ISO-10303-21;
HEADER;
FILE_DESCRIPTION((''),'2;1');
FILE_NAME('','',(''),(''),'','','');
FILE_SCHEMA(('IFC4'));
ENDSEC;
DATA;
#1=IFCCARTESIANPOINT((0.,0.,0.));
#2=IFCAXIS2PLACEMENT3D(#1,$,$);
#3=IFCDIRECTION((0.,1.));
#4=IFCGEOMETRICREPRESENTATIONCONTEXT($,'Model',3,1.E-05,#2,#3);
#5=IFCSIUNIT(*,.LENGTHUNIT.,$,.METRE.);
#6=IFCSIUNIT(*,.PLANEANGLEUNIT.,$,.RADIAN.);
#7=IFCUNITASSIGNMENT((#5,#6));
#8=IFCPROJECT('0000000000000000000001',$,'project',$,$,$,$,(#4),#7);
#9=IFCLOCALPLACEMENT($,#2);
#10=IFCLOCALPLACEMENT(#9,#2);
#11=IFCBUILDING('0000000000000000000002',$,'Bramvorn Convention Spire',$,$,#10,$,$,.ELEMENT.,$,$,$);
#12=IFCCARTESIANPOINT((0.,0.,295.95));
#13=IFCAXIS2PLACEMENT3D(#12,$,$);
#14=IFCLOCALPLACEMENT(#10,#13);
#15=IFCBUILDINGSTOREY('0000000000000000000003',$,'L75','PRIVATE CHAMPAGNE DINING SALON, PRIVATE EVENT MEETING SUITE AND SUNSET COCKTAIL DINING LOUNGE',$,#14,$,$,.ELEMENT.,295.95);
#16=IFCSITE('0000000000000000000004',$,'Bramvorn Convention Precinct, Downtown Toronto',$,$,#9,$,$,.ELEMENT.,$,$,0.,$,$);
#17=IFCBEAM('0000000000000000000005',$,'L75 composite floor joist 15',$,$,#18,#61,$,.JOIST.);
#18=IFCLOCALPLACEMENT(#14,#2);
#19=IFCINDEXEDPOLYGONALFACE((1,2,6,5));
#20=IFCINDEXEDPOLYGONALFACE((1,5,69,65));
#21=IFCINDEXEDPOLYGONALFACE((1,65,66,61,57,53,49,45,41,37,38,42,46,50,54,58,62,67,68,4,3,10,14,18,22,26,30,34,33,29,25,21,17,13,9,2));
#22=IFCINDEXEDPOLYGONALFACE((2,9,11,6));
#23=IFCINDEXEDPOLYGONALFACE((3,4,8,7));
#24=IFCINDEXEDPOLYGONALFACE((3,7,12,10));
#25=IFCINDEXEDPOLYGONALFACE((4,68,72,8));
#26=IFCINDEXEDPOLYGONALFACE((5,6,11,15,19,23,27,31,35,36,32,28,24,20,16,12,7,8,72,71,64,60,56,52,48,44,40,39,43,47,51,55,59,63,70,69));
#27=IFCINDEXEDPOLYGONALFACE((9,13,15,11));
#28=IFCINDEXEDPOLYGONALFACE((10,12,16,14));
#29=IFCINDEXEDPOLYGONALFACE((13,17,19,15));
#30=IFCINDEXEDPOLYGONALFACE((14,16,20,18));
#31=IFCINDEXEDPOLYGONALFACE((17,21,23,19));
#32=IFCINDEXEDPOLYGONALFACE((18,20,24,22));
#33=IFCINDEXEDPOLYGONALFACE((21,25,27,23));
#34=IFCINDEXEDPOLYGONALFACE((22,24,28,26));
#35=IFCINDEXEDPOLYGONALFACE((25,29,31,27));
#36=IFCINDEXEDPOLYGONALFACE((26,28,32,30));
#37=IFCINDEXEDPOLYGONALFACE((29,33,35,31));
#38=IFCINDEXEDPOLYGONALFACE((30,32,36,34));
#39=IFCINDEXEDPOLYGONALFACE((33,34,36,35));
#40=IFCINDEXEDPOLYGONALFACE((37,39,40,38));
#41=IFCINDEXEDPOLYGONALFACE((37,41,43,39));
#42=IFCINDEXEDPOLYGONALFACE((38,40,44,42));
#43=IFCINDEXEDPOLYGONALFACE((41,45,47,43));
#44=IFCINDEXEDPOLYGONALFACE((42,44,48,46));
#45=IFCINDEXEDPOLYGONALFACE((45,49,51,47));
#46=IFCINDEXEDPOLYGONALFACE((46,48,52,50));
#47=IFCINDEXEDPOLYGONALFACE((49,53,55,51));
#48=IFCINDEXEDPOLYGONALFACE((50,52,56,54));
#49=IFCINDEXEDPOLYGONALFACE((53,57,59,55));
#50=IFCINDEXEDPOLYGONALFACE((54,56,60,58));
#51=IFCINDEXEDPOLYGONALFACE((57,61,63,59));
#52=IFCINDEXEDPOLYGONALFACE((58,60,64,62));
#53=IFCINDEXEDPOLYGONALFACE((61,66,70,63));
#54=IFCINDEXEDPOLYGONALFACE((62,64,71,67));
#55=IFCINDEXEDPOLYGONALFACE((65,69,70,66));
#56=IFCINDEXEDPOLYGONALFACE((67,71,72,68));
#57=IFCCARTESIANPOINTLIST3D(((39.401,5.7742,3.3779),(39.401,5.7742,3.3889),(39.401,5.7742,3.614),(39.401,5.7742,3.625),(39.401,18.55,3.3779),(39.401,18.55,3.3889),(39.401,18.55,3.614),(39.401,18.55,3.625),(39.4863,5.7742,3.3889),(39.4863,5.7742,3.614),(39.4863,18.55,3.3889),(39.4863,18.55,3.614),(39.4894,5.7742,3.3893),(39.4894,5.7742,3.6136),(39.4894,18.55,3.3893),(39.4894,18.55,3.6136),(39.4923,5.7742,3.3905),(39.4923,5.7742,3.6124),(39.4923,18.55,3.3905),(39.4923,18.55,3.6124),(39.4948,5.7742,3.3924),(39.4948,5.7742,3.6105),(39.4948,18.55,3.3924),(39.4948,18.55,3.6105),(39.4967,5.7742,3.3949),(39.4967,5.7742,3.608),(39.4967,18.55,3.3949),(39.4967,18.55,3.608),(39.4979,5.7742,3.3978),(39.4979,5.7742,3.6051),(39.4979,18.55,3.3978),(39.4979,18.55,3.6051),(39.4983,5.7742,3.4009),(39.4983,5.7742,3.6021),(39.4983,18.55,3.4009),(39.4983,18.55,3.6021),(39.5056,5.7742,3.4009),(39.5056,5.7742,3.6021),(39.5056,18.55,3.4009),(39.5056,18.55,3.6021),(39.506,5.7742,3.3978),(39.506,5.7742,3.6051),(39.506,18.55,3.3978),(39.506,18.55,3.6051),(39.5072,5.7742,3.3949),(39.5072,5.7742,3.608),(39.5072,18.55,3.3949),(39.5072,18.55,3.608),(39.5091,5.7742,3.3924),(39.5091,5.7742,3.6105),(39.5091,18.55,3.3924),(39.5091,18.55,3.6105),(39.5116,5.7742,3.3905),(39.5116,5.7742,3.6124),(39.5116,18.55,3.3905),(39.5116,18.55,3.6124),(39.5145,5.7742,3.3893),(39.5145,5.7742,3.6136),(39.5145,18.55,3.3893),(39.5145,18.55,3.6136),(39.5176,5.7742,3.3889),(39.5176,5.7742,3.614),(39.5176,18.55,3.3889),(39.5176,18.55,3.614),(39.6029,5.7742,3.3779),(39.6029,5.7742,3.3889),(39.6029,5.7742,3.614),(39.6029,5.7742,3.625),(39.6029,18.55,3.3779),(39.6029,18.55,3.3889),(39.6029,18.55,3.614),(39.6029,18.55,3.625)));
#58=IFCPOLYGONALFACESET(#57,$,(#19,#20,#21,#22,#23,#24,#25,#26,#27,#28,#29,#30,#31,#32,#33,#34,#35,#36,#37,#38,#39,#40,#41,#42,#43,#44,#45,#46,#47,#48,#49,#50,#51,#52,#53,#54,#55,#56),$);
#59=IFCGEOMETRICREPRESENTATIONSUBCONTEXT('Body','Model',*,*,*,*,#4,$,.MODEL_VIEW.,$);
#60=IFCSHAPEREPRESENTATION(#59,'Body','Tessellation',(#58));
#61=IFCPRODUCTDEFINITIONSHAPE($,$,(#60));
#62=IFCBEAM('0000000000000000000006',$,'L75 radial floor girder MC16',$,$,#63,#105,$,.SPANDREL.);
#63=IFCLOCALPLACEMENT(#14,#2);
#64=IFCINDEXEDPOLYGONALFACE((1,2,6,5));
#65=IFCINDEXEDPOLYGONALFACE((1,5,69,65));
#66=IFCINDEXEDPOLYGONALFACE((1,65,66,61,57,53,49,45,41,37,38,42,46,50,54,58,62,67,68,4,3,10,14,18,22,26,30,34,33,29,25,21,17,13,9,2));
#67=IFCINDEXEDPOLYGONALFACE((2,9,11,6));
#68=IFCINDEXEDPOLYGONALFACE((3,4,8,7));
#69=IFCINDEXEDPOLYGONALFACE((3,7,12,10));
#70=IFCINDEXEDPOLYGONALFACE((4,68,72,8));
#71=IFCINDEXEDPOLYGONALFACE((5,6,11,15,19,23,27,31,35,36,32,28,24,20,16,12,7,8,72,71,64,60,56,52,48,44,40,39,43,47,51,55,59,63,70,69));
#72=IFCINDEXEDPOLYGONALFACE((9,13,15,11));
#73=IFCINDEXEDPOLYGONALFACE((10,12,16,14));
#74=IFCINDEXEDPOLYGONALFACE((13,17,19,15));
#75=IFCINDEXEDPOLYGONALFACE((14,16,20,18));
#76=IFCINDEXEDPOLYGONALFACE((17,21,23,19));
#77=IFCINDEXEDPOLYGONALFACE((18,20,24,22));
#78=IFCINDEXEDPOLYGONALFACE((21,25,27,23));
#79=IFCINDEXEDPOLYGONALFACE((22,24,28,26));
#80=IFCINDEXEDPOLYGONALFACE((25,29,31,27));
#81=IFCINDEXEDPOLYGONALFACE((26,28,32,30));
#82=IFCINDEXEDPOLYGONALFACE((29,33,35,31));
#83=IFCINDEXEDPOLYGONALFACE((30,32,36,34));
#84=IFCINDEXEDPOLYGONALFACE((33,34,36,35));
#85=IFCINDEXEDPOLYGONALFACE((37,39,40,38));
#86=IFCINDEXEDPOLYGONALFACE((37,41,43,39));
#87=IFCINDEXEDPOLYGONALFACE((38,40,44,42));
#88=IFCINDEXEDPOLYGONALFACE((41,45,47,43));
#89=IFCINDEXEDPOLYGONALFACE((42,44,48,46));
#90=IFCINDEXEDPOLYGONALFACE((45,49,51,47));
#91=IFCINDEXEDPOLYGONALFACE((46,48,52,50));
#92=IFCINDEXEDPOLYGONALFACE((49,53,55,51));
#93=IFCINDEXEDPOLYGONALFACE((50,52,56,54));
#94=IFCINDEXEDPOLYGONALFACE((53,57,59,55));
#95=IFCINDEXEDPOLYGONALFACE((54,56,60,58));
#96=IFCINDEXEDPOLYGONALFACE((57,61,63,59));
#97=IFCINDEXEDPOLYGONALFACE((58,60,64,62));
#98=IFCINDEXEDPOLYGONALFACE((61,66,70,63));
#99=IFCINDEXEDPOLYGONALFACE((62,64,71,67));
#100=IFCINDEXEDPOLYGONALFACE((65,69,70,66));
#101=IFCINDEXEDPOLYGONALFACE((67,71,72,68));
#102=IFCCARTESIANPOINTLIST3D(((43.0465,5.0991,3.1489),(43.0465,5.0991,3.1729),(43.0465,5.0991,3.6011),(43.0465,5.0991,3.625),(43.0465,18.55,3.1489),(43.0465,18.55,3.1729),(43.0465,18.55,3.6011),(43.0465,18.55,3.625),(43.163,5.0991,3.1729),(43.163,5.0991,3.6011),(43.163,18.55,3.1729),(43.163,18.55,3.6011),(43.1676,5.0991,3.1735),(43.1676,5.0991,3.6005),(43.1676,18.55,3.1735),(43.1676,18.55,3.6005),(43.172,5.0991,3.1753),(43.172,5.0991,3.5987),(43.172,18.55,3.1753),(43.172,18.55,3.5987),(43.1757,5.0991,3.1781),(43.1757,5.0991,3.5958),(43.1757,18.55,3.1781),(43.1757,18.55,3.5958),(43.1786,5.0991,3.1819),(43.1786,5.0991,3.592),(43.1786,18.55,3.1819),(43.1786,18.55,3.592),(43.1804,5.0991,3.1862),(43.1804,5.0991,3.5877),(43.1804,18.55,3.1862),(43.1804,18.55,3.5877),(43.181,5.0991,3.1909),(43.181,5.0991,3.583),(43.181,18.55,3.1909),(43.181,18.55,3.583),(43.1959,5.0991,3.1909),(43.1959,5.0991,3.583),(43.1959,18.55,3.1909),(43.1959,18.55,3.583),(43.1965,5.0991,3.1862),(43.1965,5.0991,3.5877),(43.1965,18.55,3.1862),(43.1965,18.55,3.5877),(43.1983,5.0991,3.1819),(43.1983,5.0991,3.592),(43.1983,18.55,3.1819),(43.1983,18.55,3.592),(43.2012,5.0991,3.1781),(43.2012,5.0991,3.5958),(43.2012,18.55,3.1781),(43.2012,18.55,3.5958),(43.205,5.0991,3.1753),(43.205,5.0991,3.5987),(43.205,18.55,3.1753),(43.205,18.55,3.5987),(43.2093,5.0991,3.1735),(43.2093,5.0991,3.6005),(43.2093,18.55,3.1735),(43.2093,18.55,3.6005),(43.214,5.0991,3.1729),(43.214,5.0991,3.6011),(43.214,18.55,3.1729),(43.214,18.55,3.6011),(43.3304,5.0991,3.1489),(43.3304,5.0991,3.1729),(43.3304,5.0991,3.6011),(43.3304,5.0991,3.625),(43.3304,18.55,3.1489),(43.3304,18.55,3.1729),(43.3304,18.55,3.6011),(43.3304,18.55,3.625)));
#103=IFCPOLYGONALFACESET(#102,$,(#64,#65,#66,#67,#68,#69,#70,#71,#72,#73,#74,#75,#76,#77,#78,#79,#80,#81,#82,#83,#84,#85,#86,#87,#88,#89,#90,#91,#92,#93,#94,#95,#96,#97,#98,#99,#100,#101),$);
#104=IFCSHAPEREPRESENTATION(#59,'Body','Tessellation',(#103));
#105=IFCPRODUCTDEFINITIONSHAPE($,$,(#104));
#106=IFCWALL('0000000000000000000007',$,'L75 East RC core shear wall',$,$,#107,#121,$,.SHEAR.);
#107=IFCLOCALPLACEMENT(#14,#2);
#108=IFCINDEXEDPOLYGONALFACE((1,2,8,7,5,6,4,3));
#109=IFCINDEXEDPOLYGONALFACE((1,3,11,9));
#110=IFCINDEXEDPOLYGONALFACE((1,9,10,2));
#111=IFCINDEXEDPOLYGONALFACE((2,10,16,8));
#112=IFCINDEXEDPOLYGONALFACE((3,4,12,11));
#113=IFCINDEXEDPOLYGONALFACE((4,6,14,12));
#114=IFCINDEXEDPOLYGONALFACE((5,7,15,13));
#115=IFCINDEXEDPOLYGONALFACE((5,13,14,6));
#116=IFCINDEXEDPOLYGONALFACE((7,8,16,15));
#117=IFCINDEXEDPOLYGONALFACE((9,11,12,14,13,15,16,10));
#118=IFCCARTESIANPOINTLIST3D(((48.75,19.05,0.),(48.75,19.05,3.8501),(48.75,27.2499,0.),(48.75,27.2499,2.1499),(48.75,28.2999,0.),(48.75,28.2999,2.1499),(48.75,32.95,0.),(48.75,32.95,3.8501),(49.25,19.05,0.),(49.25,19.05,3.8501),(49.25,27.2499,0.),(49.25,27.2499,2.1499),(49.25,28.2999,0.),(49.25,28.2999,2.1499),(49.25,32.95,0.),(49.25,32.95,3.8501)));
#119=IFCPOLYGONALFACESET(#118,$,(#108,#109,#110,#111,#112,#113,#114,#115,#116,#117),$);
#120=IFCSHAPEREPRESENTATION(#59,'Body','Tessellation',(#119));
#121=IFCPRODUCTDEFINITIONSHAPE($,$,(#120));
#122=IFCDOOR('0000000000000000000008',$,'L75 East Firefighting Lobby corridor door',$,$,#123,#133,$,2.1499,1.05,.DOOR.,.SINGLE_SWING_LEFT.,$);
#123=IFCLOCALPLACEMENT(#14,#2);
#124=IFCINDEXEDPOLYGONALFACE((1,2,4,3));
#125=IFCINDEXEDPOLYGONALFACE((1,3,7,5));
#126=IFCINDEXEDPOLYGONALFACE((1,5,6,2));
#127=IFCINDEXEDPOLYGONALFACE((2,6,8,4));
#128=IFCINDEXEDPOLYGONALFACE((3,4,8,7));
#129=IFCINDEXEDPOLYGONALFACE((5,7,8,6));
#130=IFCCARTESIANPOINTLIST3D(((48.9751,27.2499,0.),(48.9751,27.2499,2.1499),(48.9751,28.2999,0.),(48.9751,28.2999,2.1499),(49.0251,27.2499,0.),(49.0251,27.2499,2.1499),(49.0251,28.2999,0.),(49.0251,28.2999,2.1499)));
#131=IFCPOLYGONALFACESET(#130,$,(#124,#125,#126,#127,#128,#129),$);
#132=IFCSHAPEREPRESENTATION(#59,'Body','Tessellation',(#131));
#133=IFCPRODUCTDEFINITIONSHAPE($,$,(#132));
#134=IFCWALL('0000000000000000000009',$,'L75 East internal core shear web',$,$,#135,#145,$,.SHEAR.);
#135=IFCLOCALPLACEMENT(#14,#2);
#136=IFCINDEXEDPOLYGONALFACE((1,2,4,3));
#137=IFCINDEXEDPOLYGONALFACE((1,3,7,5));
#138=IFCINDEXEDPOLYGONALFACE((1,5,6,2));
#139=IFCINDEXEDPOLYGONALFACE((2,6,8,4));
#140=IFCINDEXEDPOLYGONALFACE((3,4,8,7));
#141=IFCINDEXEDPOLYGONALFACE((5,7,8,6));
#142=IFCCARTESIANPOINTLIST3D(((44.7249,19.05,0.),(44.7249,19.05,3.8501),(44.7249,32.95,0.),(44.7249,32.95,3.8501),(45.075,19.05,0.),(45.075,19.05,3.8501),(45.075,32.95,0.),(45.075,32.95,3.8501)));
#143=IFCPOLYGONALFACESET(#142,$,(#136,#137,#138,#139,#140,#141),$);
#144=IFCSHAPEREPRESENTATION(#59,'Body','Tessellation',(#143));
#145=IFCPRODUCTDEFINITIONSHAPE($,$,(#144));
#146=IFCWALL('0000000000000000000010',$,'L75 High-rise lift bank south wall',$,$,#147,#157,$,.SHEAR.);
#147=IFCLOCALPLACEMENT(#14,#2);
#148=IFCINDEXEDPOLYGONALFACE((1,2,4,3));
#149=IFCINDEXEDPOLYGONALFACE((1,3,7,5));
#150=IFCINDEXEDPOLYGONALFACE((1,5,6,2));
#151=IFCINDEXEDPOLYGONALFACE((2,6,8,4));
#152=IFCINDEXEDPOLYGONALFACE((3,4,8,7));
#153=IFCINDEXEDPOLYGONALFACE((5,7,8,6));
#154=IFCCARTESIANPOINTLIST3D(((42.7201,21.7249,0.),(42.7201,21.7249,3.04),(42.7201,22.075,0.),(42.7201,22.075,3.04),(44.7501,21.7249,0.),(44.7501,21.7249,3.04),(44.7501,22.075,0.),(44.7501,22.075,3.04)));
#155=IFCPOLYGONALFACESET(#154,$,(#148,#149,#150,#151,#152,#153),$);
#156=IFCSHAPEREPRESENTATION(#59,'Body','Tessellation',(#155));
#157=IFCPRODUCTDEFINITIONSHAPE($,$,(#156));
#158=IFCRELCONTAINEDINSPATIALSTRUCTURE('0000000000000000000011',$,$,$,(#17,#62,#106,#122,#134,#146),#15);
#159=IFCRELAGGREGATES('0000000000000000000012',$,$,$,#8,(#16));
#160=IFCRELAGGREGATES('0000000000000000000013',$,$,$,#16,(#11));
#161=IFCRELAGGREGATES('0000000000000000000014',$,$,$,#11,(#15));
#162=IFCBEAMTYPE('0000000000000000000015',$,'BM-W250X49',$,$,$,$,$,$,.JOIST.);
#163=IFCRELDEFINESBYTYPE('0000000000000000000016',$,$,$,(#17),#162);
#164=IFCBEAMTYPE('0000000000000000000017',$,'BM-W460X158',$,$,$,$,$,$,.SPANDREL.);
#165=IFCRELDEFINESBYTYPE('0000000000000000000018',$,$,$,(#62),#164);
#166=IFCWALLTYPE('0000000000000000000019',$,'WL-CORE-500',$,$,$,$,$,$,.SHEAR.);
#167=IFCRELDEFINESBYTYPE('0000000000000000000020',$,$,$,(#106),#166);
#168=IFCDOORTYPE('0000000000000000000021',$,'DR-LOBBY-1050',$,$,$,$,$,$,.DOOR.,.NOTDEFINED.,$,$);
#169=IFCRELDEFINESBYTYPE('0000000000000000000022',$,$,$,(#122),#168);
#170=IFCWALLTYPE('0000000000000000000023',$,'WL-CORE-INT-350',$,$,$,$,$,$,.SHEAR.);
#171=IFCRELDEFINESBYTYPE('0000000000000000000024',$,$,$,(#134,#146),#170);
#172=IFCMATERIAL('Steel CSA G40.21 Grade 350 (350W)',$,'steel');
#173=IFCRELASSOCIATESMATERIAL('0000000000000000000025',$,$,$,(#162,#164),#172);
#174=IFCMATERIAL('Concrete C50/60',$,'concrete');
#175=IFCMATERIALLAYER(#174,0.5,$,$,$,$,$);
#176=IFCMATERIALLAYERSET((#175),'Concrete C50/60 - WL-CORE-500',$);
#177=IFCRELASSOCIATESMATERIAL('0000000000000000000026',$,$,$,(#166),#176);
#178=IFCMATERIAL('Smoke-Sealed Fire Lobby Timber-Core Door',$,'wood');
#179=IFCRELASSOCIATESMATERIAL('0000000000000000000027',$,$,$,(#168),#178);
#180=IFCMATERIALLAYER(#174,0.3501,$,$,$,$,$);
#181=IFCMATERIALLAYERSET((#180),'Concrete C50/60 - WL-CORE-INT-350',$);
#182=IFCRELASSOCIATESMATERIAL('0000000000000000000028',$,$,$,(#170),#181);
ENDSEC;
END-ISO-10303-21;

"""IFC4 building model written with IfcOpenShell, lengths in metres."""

from ifc_helpers import new_model, si_unit, direction, frame, frame_2d, origin, origin_2d, place, context, subcontext, project, spatial, rectangle, i_section, extrude, material, layer, layer_set, material_profile, profile_set, type_object, element, fill, save


model = new_model("IFC4")

# Units and contexts
model_context = context("Model", 3, precision=1e-05, world=origin(), true_north=direction((0.0, 1.0)))
body_context = subcontext(model_context, "Body", "Model", "MODEL_VIEW")
ifc_project = project(units=[si_unit("LENGTHUNIT", "METRE"), si_unit("PLANEANGLEUNIT", "RADIAN")], contexts=[model_context])

# Site, building, storey
site_placement = place(None, origin())
site = spatial("IfcSite", under=ifc_project, at=site_placement, Name="Bramvorn Convention Precinct, Downtown Toronto", CompositionType="ELEMENT", RefElevation=0.0)
building_placement = place(site_placement, origin())
building = spatial("IfcBuilding", under=site, at=building_placement, Name="Bramvorn Convention Spire", CompositionType="ELEMENT")
storey_placement = place(building_placement, frame((0.0, 0.0, 295.95)))
storey = spatial("IfcBuildingStorey", under=building, at=storey_placement, Name="L75", Description="PRIVATE CHAMPAGNE DINING SALON, PRIVATE EVENT MEETING SUITE AND SUNSET COCKTAIL DINING LOUNGE", CompositionType="ELEMENT", Elevation=295.95)

# Beams
ifc_material_1 = material(Name="Steel CSA G40.21 Grade 350 (350W)", Category="steel")
ifc_material_profile_1 = material_profile(ifc_material_1, i_section(OverallWidth=0.2019, OverallDepth=0.2471, WebThickness=0.0073, FlangeThickness=0.011, FilletRadius=0.012, at=origin_2d()))
ifc_profile_set_1 = profile_set([ifc_material_profile_1], Name="Steel CSA G40.21 Grade 350 (350W) - W250X49")
beam_type_1 = type_object("IfcBeamType", Name="BM-W250X49", PredefinedType="JOIST", material=ifc_profile_set_1)
beam_1_placement = place(storey_placement, frame((39.502, 18.55, 3.5015), z_axis=(0.0, -1.0, 0.0), x_axis=(1.0, 0.0, 0.0)))
element("IfcBeam", 1, at=beam_1_placement, inside=storey, type_object=beam_type_1, Name="L75 composite floor joist 15", PredefinedType="JOIST", context=body_context, shape_type="SweptSolid", body=[
    extrude(i_section(OverallWidth=0.2019, OverallDepth=0.2471, WebThickness=0.0073, FlangeThickness=0.011, FilletRadius=0.012, at=origin_2d()), origin(), (0.0, 0.0, 1.0), 12.7759),
])
ifc_material_profile_2 = material_profile(ifc_material_1, i_section(OverallWidth=0.2839, OverallDepth=0.4761, WebThickness=0.0149, FlangeThickness=0.0239, FilletRadius=0.0181, at=origin_2d()))
ifc_profile_set_2 = profile_set([ifc_material_profile_2], Name="Steel CSA G40.21 Grade 350 (350W) - W460X158")
beam_type_2 = type_object("IfcBeamType", Name="BM-W460X158", PredefinedType="SPANDREL", material=ifc_profile_set_2)
beam_2_placement = place(storey_placement, frame((43.1885, 18.55, 3.387), z_axis=(0.0, -1.0, 0.0), x_axis=(1.0, 0.0, 0.0)))
element("IfcBeam", 2, at=beam_2_placement, inside=storey, type_object=beam_type_2, Name="L75 radial floor girder MC16", PredefinedType="SPANDREL", context=body_context, shape_type="SweptSolid", body=[
    extrude(i_section(OverallWidth=0.2839, OverallDepth=0.4761, WebThickness=0.0149, FlangeThickness=0.0239, FilletRadius=0.0181, at=origin_2d()), origin(), (0.0, 0.0, 1.0), 13.4509),
])

# Wall, opening, door
ifc_material_2 = material(Name="Concrete C50/60", Category="concrete")
ifc_layer_1 = layer(ifc_material_2, 0.5)
ifc_layer_set_1 = layer_set([ifc_layer_1], Name="Concrete C50/60 - WL-CORE-500")
wall_type_1 = type_object("IfcWallType", Name="WL-CORE-500", PredefinedType="SHEAR", material=ifc_layer_set_1)
wall_1_placement = place(storey_placement, frame((49.0, 19.05, 0.0), z_axis=(0.0, 0.0, 1.0), x_axis=(0.0, 1.0, 0.0)))
wall_1 = element("IfcWall", 3, at=wall_1_placement, inside=storey, type_object=wall_type_1, Name="L75 East RC core shear wall", PredefinedType="SHEAR", context=body_context, shape_type="SweptSolid", body=[
    extrude(rectangle(XDim=13.8999, YDim=0.5, at=frame_2d((6.95, 0.0))), origin(), (0.0, 0.0, 1.0), 3.8501),
])
opening_1_placement = place(wall_1_placement, frame((8.2, 0.0, 0.0)))
opening_1 = element("IfcOpeningElement", 4, at=opening_1_placement, cuts=wall_1, PredefinedType="OPENING", context=body_context, shape_type="SweptSolid", body=[
    extrude(rectangle(XDim=1.05, YDim=2.1499, at=frame_2d((0.5249, 1.075))), frame((0.0, 0.26, 0.0), z_axis=(0.0, -1.0, 0.0), x_axis=(1.0, 0.0, 0.0)), (0.0, 0.0, 1.0), 0.52),
])
ifc_material_3 = material(Name="Smoke-Sealed Fire Lobby Timber-Core Door", Category="wood")
door_type_1 = type_object("IfcDoorType", Name="DR-LOBBY-1050", OperationType="NOTDEFINED", PredefinedType="DOOR", material=ifc_material_3)
door_1_placement = place(opening_1_placement, origin())
door_1 = element("IfcDoor", 5, at=door_1_placement, inside=storey, type_object=door_type_1, Name="L75 East Firefighting Lobby corridor door", OperationType="SINGLE_SWING_LEFT", OverallHeight=2.1499, OverallWidth=1.05, PredefinedType="DOOR", context=body_context, shape_type="SweptSolid", body=[
    extrude(rectangle(XDim=1.05, YDim=2.1499, at=frame_2d((0.5249, 1.075))), frame((0.0, 0.0249, 0.0), z_axis=(0.0, -1.0, 0.0), x_axis=(1.0, 0.0, 0.0)), (0.0, 0.0, 1.0), 0.05),
])
fill(opening_1, door_1)

# Wall
ifc_layer_2 = layer(ifc_material_2, 0.3501)
ifc_layer_set_2 = layer_set([ifc_layer_2], Name="Concrete C50/60 - WL-CORE-INT-350")
wall_type_2 = type_object("IfcWallType", Name="WL-CORE-INT-350", PredefinedType="SHEAR", material=ifc_layer_set_2)
wall_2_placement = place(storey_placement, frame((44.8999, 19.05, 0.0), z_axis=(0.0, 0.0, 1.0), x_axis=(0.0, 1.0, 0.0)))
element("IfcWall", 6, at=wall_2_placement, inside=storey, type_object=wall_type_2, Name="L75 East internal core shear web", PredefinedType="SHEAR", context=body_context, shape_type="SweptSolid", body=[
    extrude(rectangle(XDim=13.8999, YDim=0.3501, at=frame_2d((6.95, 0.0))), origin(), (0.0, 0.0, 1.0), 3.8501),
])

# Wall
wall_3_placement = place(storey_placement, frame((42.72, 21.8999, 0.0), z_axis=(0.0, 0.0, 1.0), x_axis=(1.0, 0.0, 0.0)))
element("IfcWall", 7, at=wall_3_placement, inside=storey, type_object=wall_type_2, Name="L75 High-rise lift bank south wall", PredefinedType="SHEAR", context=body_context, shape_type="SweptSolid", body=[
    extrude(rectangle(XDim=2.03, YDim=0.3501, at=frame_2d((1.0151, 0.0))), origin(), (0.0, 0.0, 1.0), 3.04),
])

save(model, "model.ifc")
